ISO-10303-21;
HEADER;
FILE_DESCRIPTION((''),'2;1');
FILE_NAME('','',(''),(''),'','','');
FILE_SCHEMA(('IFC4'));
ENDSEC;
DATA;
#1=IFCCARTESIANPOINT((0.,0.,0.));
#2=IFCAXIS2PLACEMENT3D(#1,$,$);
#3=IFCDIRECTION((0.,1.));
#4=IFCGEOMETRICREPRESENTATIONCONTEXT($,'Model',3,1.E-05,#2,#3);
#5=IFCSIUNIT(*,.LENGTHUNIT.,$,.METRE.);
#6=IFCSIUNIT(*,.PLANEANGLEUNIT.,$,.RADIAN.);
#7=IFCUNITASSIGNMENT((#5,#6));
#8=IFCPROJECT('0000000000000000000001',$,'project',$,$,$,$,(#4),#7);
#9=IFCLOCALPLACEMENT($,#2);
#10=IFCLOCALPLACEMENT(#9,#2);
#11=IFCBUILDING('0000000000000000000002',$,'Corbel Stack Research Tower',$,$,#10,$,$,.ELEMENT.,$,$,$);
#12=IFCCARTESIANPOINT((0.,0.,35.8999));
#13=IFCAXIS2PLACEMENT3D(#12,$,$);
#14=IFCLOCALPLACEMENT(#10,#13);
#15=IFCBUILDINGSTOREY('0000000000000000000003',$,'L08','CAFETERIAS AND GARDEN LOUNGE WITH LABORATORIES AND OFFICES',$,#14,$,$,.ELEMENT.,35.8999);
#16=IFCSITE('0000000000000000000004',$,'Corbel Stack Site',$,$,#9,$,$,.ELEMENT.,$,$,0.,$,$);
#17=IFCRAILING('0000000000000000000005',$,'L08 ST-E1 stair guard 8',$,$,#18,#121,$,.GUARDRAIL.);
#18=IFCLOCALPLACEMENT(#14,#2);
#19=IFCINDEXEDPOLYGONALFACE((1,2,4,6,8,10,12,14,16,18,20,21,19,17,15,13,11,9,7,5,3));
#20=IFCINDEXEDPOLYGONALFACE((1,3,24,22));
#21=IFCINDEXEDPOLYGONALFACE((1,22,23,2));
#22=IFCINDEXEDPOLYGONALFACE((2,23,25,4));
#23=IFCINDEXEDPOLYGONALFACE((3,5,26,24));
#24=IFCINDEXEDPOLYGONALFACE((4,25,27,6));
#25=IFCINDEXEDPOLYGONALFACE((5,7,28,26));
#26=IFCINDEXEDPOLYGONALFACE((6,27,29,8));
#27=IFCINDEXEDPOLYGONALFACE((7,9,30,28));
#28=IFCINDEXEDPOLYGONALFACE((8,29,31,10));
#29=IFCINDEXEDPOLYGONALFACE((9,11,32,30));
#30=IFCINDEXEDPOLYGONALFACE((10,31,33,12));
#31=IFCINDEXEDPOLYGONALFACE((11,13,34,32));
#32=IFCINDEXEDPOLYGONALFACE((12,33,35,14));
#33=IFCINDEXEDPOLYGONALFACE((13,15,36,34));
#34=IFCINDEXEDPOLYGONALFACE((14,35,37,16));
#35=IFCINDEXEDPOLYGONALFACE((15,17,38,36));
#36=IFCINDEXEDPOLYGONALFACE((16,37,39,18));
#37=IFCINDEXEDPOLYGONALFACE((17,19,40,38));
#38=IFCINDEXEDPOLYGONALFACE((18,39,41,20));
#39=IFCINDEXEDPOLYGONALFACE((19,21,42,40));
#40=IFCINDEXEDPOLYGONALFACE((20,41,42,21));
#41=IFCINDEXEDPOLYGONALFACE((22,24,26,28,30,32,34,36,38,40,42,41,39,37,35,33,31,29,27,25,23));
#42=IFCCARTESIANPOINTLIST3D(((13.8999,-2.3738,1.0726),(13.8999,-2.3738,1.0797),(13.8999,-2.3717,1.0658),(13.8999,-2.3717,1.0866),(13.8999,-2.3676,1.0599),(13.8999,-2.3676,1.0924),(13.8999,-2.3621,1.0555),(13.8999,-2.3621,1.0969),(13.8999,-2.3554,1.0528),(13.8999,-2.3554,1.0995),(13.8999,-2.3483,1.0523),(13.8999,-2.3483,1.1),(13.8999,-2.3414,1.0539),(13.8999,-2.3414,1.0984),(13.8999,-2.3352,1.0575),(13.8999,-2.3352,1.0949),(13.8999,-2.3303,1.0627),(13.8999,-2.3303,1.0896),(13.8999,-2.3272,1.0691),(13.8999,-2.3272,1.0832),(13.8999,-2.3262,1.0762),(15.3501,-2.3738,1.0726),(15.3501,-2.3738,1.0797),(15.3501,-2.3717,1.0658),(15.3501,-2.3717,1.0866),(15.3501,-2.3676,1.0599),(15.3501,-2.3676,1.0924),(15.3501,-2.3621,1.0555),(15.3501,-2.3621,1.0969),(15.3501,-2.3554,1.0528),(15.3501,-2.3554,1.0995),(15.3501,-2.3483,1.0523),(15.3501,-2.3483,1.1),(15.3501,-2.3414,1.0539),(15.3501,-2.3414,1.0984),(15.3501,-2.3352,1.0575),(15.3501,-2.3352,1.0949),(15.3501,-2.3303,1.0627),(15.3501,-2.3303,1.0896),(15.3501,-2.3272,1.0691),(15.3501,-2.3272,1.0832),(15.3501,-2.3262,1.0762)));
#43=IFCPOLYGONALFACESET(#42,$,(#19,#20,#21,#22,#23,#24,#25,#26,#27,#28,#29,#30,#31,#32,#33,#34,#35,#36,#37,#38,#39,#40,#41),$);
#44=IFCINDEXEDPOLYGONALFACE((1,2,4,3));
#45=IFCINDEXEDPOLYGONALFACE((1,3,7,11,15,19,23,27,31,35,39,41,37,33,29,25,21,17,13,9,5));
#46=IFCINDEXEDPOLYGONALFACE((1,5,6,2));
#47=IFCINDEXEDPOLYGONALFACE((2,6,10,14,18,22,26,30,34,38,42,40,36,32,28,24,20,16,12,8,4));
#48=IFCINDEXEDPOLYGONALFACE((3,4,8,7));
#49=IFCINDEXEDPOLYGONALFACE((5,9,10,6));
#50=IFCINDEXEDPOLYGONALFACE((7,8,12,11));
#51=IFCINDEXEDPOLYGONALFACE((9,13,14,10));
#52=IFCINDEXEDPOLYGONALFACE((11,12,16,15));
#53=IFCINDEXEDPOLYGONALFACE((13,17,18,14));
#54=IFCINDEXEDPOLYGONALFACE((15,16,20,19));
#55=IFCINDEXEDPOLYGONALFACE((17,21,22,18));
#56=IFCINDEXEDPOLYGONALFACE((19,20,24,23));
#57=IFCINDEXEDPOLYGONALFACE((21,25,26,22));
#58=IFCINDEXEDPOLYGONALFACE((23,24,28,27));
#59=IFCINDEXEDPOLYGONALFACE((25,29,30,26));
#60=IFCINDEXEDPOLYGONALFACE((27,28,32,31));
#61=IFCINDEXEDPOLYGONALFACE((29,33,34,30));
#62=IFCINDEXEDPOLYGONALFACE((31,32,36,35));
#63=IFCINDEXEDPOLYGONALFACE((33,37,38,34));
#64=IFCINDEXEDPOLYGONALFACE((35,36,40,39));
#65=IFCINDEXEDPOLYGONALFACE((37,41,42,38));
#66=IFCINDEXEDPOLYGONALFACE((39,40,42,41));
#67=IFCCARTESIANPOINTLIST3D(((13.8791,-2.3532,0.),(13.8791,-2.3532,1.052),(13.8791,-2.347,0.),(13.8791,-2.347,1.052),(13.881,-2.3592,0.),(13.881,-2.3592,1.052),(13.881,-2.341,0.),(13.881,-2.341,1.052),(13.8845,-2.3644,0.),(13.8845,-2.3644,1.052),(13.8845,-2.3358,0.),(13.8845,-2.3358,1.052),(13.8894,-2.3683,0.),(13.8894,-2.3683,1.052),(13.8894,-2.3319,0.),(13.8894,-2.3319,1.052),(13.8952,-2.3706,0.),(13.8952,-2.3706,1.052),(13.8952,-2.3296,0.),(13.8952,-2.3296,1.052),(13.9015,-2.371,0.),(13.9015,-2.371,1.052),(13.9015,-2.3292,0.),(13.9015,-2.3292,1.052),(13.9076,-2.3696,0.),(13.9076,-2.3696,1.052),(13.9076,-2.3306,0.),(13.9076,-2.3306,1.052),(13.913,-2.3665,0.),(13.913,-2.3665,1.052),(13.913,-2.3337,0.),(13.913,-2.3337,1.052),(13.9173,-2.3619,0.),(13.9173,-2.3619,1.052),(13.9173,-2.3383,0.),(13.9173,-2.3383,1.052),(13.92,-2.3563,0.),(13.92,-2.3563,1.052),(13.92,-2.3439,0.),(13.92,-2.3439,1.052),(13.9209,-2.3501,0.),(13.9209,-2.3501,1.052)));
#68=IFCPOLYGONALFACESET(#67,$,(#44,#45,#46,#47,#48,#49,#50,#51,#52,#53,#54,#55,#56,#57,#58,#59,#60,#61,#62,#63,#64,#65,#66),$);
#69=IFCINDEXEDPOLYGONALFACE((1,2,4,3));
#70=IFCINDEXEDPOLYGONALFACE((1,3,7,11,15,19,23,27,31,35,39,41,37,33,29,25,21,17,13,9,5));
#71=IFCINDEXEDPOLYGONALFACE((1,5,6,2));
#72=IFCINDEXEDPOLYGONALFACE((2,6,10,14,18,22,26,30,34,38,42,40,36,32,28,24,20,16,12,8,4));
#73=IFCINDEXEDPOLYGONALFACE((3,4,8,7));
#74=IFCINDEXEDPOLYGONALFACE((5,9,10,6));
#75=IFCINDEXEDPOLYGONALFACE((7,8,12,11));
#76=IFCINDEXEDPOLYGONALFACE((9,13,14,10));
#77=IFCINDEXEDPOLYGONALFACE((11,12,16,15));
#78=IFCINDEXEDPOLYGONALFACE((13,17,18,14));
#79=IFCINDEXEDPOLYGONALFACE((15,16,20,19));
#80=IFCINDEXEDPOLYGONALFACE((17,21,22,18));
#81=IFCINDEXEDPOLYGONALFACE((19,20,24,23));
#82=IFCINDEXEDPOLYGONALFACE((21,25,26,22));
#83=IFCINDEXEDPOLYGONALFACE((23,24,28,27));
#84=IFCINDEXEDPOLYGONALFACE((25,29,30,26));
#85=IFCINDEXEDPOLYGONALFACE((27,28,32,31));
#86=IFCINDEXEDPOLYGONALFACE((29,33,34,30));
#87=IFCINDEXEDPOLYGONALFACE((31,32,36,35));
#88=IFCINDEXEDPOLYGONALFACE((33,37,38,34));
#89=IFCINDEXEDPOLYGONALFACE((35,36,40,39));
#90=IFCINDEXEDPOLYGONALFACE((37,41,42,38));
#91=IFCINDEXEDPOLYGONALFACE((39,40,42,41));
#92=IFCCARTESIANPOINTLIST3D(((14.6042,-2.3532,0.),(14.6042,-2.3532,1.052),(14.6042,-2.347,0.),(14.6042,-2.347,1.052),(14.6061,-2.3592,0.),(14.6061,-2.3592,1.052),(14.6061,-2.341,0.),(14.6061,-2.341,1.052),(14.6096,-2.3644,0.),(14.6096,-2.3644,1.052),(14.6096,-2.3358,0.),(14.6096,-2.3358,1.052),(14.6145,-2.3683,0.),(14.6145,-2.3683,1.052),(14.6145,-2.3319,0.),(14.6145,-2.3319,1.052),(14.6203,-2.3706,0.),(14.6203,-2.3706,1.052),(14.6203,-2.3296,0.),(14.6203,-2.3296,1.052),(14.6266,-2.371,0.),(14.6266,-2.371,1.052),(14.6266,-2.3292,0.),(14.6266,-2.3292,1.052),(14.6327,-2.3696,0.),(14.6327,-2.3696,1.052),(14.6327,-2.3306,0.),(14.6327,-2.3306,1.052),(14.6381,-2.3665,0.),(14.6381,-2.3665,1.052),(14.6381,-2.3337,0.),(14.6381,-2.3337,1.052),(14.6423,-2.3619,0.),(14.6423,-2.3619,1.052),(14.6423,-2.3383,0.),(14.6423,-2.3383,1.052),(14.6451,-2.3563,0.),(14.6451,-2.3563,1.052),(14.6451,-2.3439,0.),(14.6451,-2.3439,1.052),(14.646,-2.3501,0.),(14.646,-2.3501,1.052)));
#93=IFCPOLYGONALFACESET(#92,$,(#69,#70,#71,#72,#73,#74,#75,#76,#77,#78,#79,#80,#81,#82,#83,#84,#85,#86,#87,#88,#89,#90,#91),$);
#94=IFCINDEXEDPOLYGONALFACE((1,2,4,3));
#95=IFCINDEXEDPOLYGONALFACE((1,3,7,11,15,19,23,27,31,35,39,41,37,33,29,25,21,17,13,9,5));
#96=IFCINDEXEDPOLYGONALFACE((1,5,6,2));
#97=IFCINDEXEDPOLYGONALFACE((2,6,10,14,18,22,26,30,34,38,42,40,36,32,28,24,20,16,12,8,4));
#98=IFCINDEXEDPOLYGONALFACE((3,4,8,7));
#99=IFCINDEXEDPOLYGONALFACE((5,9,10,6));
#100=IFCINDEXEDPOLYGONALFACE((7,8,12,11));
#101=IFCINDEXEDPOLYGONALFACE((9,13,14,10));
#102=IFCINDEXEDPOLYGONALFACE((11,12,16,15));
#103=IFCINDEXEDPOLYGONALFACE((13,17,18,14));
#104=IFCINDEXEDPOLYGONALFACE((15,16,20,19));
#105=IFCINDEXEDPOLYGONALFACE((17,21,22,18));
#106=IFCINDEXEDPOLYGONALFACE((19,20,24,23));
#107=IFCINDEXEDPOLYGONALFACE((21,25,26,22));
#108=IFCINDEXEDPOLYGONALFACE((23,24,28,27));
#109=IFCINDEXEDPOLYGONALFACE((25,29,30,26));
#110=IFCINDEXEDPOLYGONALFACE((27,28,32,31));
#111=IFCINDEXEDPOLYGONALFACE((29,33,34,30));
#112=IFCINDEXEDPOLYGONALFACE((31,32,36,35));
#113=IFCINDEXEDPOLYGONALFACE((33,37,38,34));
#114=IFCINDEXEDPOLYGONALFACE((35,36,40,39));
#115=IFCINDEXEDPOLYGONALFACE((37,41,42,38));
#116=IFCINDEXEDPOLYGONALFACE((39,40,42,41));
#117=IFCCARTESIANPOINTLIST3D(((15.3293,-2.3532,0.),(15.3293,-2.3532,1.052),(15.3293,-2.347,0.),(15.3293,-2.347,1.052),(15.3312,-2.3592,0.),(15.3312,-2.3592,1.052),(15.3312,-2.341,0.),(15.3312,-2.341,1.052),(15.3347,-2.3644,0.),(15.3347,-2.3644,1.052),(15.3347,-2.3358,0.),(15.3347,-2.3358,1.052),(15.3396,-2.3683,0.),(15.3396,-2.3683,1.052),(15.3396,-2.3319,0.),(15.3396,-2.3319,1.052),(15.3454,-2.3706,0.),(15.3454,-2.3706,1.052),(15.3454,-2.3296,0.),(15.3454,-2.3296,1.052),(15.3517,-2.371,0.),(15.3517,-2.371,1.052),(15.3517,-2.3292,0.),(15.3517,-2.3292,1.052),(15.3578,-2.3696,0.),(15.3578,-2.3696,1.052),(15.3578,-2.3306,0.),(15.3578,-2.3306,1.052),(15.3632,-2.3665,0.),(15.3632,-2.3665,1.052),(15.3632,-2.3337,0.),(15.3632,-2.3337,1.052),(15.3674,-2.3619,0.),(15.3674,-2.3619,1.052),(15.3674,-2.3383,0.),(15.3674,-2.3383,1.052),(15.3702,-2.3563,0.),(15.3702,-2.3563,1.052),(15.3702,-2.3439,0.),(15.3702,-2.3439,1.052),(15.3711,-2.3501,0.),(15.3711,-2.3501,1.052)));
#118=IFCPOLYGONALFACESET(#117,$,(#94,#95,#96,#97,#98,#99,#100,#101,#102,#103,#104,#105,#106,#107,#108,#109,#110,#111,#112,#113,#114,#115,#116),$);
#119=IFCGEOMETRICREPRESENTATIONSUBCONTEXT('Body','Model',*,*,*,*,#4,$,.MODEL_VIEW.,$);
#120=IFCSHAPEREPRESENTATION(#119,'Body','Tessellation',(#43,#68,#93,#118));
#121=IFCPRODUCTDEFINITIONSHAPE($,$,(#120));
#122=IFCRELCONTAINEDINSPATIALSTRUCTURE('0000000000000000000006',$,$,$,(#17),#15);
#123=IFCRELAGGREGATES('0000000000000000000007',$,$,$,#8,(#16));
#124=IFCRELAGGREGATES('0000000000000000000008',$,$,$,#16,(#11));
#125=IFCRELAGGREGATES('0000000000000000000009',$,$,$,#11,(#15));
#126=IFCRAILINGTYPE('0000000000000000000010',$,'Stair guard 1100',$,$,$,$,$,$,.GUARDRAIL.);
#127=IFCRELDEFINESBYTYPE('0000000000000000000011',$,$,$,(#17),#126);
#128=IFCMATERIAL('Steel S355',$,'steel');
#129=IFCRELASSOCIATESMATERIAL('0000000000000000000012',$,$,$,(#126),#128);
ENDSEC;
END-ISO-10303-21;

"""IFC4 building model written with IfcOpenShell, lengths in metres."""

from ifc_helpers import new_model, si_unit, direction, frame, origin, origin_2d, place, context, subcontext, project, spatial, circle, extrude, material, type_object, element, save


model = new_model("IFC4")

# Units and contexts
model_context = context("Model", 3, precision=1e-05, world=origin(), true_north=direction((0.0, 1.0)))
body_context = subcontext(model_context, "Body", "Model", "MODEL_VIEW")
ifc_project = project(units=[si_unit("LENGTHUNIT", "METRE"), si_unit("PLANEANGLEUNIT", "RADIAN")], contexts=[model_context])

# Site, building, storey
site_placement = place(None, origin())
site = spatial("IfcSite", under=ifc_project, at=site_placement, Name="Corbel Stack Site", CompositionType="ELEMENT", RefElevation=0.0)
building_placement = place(site_placement, origin())
building = spatial("IfcBuilding", under=site, at=building_placement, Name="Corbel Stack Research Tower", CompositionType="ELEMENT")
storey_placement = place(building_placement, frame((0.0, 0.0, 35.8999)))
storey = spatial("IfcBuildingStorey", under=building, at=storey_placement, Name="L08", Description="CAFETERIAS AND GARDEN LOUNGE WITH LABORATORIES AND OFFICES", CompositionType="ELEMENT", Elevation=35.8999)

# Railing
ifc_material_1 = material(Name="Steel S355", Category="steel")
railing_type_1 = type_object("IfcRailingType", Name="Stair guard 1100", PredefinedType="GUARDRAIL", material=ifc_material_1)
railing_1_placement = place(storey_placement, frame((13.8999, -2.3501, 0.0)))
element("IfcRailing", 1, at=railing_1_placement, inside=storey, type_object=railing_type_1, Name="L08 ST-E1 stair guard 8", PredefinedType="GUARDRAIL", context=body_context, shape_type="SweptSolid", body=[
    extrude(circle(Radius=0.0239, at=origin_2d()), frame((0.0, 0.0, 1.0762), z_axis=(1.0, 0.0, 0.0), x_axis=(0.0, 1.0, 0.0)), (0.0, 0.0, 1.0), 1.4502),
    extrude(circle(Radius=0.021, at=origin_2d()), origin(), (0.0, 0.0, 1.0), 1.052),
    extrude(circle(Radius=0.021, at=origin_2d()), frame((0.7251, 0.0, 0.0)), (0.0, 0.0, 1.0), 1.052),
    extrude(circle(Radius=0.021, at=origin_2d()), frame((1.4502, 0.0, 0.0)), (0.0, 0.0, 1.0), 1.052),
])

save(model, "model.ifc")
